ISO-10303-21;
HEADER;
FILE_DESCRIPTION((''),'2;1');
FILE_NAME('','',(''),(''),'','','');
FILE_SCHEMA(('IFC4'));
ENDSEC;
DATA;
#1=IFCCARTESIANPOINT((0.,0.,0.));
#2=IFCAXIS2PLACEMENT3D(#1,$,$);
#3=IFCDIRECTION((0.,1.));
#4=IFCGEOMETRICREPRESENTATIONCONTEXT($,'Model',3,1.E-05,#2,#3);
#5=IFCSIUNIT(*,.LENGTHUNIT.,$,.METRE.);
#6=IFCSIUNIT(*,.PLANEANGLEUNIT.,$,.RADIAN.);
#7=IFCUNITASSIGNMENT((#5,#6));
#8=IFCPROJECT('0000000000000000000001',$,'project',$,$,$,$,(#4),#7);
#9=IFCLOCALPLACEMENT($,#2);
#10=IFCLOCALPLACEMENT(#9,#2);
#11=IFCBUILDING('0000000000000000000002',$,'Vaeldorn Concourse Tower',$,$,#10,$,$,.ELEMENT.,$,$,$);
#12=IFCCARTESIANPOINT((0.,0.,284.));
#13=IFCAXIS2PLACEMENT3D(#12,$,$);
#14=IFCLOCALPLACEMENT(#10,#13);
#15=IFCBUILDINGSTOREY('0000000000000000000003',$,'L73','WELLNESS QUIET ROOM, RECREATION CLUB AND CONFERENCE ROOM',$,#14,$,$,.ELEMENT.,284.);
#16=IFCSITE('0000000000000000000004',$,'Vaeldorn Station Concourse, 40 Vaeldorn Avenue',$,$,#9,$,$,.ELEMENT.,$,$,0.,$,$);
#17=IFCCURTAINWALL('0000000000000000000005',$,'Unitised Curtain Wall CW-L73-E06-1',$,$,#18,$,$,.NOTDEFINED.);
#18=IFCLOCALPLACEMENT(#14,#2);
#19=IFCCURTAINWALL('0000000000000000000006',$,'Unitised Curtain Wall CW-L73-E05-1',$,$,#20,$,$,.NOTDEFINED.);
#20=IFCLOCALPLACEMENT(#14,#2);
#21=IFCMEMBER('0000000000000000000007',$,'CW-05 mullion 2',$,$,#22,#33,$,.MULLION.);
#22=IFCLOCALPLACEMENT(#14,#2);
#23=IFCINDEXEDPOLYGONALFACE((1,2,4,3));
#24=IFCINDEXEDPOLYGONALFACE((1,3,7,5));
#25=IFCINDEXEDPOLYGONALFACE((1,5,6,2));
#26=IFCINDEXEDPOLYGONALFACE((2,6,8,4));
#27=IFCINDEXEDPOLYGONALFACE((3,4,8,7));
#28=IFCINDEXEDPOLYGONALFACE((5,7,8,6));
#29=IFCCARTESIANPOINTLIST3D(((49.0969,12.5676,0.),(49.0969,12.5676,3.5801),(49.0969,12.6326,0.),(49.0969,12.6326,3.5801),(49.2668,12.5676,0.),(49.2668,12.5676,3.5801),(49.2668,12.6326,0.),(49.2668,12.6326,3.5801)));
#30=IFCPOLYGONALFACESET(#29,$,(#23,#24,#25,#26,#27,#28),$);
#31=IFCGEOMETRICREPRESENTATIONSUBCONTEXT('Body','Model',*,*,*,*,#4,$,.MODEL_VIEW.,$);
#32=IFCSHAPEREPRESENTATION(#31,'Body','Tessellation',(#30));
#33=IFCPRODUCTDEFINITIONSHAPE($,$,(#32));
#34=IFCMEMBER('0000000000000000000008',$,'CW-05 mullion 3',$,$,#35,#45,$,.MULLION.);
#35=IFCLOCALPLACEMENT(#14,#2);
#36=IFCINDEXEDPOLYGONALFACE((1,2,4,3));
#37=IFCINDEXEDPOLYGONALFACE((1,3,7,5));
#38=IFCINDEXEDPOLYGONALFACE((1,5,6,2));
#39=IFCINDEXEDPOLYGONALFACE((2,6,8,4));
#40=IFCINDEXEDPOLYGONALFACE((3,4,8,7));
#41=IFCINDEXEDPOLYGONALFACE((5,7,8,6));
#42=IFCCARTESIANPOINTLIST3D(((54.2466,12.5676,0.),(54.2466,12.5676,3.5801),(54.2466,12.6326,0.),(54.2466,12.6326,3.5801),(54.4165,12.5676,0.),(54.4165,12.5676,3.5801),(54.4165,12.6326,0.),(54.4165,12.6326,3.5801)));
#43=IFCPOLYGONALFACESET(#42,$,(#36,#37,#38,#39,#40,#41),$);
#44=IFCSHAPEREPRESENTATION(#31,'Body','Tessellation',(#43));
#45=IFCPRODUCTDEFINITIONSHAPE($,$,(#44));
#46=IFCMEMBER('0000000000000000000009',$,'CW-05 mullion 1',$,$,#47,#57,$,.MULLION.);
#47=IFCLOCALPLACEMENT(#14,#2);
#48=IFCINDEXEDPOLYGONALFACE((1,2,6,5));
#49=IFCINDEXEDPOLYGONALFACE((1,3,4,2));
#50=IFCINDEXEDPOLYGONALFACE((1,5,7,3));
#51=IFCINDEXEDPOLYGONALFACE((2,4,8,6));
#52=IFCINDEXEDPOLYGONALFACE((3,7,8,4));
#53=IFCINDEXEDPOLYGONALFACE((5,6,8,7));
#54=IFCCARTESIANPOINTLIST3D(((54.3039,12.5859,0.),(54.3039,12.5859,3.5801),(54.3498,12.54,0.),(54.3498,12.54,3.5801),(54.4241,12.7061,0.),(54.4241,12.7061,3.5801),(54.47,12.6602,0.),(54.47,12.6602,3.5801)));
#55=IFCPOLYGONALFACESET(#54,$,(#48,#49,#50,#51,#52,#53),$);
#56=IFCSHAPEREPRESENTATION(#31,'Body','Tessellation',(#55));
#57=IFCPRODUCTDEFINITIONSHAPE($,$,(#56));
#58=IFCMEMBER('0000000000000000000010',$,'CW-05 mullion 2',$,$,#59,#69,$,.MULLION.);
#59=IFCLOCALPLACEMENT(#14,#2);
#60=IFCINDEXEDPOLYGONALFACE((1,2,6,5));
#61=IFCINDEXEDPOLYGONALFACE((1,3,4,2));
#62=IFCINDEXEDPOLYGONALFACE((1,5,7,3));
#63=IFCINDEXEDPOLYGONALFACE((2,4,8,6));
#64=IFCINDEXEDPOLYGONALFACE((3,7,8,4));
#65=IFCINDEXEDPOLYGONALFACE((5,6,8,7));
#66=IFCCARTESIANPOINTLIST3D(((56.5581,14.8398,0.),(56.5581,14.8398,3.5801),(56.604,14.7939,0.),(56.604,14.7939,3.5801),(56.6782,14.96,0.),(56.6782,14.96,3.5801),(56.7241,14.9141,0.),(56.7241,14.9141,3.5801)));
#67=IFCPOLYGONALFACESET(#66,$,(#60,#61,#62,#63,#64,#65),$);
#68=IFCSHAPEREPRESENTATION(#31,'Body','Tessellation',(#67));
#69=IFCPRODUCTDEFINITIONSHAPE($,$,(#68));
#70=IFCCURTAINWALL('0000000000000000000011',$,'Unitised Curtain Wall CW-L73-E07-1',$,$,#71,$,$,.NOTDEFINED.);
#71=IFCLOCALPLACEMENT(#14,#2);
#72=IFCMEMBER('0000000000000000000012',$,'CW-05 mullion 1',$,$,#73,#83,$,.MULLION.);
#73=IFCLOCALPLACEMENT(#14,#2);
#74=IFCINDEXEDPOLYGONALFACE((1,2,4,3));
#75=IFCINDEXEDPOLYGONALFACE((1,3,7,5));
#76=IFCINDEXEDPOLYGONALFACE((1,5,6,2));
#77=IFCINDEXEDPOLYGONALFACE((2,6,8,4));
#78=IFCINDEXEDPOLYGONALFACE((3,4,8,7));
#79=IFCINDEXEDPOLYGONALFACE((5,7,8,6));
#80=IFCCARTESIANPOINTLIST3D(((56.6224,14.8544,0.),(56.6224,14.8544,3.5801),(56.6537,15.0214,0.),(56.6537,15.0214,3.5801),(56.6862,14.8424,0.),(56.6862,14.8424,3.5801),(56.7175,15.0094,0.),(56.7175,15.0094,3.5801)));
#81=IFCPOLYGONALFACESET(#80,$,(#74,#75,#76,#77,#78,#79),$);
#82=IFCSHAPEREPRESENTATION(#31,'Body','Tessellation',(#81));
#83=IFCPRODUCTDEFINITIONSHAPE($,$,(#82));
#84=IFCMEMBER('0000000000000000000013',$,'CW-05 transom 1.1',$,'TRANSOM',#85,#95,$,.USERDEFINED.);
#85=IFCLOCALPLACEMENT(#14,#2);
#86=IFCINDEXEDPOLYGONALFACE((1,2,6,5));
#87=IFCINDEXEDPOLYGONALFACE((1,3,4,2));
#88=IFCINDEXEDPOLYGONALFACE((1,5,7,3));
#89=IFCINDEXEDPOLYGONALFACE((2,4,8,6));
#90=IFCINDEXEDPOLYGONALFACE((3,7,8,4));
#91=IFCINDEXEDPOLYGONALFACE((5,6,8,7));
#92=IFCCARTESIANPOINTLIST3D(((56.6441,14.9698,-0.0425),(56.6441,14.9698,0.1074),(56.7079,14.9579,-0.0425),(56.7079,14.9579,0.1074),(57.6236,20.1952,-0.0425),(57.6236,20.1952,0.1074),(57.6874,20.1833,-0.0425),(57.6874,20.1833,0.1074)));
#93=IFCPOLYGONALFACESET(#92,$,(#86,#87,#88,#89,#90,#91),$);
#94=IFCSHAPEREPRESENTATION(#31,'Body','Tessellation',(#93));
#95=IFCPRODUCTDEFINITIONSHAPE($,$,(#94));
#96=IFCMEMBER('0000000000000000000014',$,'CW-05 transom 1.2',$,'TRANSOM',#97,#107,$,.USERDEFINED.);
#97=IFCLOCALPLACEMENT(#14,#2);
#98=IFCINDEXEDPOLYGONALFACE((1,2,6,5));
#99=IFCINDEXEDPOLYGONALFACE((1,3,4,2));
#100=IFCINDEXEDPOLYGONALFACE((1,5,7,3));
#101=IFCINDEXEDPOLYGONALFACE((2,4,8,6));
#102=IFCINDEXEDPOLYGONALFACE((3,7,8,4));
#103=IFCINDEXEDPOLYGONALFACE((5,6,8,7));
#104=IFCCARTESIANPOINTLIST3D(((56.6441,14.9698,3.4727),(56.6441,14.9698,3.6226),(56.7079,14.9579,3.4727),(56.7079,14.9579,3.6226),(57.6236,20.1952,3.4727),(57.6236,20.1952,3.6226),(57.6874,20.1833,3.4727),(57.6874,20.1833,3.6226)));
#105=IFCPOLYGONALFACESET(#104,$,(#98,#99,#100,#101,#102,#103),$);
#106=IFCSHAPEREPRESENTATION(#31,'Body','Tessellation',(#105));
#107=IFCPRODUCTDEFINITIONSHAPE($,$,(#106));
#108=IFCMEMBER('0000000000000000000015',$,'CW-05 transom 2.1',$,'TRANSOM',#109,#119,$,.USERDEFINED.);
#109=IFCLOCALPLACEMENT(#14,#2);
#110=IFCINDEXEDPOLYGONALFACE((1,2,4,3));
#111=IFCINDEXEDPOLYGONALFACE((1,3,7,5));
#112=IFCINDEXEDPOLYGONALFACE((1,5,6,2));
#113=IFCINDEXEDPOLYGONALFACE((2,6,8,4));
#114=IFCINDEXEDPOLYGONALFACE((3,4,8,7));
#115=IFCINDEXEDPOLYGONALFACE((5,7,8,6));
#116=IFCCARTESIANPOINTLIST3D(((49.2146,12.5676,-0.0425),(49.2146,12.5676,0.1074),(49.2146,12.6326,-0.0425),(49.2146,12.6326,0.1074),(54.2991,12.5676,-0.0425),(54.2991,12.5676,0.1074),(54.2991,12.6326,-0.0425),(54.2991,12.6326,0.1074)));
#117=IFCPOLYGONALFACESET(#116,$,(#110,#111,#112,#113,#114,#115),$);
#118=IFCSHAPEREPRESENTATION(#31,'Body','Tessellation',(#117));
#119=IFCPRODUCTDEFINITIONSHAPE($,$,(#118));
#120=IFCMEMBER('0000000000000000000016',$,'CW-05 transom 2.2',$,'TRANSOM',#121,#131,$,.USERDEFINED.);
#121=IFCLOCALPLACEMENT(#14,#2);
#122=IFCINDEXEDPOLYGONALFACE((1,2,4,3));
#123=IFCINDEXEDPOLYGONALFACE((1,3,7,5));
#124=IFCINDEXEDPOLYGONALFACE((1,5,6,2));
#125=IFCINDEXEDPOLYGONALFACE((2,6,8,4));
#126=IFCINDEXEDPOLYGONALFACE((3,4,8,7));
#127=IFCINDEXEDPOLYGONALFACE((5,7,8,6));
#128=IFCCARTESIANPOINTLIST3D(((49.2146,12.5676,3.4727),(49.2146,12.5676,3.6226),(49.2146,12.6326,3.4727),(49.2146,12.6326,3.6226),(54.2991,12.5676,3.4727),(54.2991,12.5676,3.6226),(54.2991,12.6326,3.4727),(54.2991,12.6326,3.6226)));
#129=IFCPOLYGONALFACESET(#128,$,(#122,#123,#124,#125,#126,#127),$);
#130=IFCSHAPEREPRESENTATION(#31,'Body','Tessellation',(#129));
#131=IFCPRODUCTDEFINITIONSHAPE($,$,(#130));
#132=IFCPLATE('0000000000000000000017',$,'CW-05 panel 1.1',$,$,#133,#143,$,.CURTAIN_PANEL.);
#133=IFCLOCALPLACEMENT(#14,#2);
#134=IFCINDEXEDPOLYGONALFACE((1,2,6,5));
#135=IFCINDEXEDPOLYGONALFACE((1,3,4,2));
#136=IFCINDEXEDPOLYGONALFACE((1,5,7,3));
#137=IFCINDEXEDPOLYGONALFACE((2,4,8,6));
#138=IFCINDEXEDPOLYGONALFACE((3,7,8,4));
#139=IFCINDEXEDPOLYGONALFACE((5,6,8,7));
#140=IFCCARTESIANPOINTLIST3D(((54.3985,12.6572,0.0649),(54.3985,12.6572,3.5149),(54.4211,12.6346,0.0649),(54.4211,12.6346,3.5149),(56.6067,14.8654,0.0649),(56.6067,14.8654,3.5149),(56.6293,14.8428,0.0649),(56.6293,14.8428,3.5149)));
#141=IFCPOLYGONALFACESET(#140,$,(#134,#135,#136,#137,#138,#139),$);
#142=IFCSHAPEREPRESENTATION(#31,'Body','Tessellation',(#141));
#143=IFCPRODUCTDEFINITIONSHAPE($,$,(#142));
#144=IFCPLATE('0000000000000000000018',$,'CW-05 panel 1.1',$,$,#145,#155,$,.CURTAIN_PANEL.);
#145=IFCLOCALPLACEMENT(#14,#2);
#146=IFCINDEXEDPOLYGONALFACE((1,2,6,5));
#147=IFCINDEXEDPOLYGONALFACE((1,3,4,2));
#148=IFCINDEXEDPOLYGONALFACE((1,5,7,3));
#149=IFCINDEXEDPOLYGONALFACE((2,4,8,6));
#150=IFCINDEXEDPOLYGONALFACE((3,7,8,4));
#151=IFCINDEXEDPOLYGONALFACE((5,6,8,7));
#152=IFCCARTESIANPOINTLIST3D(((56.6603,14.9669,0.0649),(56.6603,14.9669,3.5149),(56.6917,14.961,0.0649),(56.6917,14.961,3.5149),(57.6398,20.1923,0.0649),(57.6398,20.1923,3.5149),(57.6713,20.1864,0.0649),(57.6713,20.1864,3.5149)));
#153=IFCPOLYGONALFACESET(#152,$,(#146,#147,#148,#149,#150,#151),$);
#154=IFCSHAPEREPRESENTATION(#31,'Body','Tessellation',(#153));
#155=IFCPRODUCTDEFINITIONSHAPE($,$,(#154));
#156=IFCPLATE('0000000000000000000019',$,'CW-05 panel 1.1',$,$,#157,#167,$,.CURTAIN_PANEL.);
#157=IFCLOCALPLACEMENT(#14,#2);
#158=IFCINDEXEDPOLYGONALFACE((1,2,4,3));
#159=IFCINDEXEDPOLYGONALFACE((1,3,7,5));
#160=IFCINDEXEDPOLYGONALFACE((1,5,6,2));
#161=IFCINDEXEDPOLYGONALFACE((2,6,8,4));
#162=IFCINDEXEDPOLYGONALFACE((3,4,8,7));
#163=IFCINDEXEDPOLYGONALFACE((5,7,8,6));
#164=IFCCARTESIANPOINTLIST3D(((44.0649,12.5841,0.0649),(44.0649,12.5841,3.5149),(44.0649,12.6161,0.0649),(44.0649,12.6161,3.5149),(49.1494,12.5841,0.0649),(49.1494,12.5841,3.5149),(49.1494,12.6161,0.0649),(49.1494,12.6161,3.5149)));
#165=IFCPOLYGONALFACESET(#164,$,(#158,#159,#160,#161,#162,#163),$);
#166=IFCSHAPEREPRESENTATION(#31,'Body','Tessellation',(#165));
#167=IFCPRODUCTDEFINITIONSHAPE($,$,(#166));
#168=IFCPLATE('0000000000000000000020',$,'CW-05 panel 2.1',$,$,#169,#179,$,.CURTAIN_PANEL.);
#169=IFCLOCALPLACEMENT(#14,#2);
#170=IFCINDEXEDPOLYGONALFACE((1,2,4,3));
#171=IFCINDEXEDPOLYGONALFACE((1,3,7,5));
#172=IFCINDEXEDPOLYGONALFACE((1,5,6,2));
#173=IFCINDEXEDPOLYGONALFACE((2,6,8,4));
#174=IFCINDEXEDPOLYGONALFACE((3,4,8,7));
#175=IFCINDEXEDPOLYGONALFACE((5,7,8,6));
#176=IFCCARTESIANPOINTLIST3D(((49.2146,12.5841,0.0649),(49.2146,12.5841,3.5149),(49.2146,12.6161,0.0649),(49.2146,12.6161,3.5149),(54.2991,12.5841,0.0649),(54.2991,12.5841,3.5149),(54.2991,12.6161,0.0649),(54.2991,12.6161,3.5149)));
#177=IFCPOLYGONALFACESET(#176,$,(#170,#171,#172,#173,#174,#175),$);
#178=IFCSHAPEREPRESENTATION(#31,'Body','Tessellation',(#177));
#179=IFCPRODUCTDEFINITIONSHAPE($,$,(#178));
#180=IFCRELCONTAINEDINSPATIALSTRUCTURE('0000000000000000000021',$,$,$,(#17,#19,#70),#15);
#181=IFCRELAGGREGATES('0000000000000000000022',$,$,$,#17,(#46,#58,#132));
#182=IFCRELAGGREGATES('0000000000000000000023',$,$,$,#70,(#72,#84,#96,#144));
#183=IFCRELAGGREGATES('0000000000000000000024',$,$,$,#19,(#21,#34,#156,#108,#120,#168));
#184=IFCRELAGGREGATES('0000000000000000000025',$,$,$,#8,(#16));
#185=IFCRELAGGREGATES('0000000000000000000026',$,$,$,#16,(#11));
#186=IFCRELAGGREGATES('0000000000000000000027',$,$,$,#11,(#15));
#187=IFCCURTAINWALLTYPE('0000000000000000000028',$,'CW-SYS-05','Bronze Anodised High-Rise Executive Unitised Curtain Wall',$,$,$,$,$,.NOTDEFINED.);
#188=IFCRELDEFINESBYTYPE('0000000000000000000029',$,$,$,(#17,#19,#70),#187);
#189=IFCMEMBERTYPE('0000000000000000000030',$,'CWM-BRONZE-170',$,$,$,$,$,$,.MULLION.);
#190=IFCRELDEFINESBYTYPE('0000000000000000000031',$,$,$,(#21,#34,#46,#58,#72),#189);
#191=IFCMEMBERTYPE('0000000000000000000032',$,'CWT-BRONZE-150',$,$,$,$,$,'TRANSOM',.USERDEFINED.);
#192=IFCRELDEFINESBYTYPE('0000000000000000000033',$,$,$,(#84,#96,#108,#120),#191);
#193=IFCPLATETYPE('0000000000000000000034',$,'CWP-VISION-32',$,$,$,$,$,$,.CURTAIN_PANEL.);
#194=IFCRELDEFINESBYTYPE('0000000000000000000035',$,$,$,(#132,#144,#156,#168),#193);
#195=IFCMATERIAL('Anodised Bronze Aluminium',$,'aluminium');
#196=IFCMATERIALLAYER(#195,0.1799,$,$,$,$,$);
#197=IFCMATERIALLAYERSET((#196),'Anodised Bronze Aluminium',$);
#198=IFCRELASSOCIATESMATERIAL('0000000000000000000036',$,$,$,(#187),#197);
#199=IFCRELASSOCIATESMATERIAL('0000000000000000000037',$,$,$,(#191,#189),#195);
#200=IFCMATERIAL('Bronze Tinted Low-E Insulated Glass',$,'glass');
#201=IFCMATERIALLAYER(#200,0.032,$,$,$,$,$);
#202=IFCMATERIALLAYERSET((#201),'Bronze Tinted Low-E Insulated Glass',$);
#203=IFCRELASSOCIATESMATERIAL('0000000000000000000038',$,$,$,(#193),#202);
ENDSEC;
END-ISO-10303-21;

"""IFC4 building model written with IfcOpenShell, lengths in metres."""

from ifc_helpers import new_model, si_unit, direction, frame, origin, origin_2d, place, context, subcontext, project, spatial, rectangle, extrude, source, transform, mapped, material, layer, layer_set, material_profile, profile_set, type_object, element, aggregate, save


model = new_model("IFC4")

# Units and contexts
model_context = context("Model", 3, precision=1e-05, world=origin(), true_north=direction((0.0, 1.0)))
body_context = subcontext(model_context, "Body", "Model", "MODEL_VIEW")
ifc_project = project(units=[si_unit("LENGTHUNIT", "METRE"), si_unit("PLANEANGLEUNIT", "RADIAN")], contexts=[model_context])

# Site, building, storey
site_placement = place(None, origin())
site = spatial("IfcSite", under=ifc_project, at=site_placement, Name="Vaeldorn Station Concourse, 40 Vaeldorn Avenue", CompositionType="ELEMENT", RefElevation=0.0)
building_placement = place(site_placement, origin())
building = spatial("IfcBuilding", under=site, at=building_placement, Name="Vaeldorn Concourse Tower", CompositionType="ELEMENT")
storey_placement = place(building_placement, frame((0.0, 0.0, 284.0)))
storey = spatial("IfcBuildingStorey", under=building, at=storey_placement, Name="L73", Description="WELLNESS QUIET ROOM, RECREATION CLUB AND CONFERENCE ROOM", CompositionType="ELEMENT", Elevation=284.0)

# Curtain walls, members
ifc_material_1 = material(Name="Anodised Bronze Aluminium", Category="aluminium")
ifc_layer_1 = layer(ifc_material_1, 0.1799)
ifc_layer_set_1 = layer_set([ifc_layer_1], Name="Anodised Bronze Aluminium")
curtain_wall_type = type_object("IfcCurtainWallType", Name="CW-SYS-05", Description="Bronze Anodised High-Rise Executive Unitised Curtain Wall", PredefinedType="NOTDEFINED", material=ifc_layer_set_1)
curtain_wall_1_placement = place(storey_placement, origin())
curtain_wall_1 = element("IfcCurtainWall", 1, at=curtain_wall_1_placement, inside=storey, type_object=curtain_wall_type, Name="Unitised Curtain Wall CW-L73-E06-1", PredefinedType="NOTDEFINED")
ifc_material_profile_1 = material_profile(ifc_material_1, rectangle(XDim=0.0649, YDim=0.1499, at=origin_2d()), Name="CWT 65x150")
ifc_profile_set_1 = profile_set([ifc_material_profile_1], Name="Anodised Bronze Aluminium")
member_type_1 = type_object("IfcMemberType", Name="CWT-BRONZE-150", ElementType="TRANSOM", PredefinedType="USERDEFINED", material=ifc_profile_set_1)
curtain_wall_2_placement = place(storey_placement, origin())
curtain_wall_2 = element("IfcCurtainWall", 2, at=curtain_wall_2_placement, inside=storey, type_object=curtain_wall_type, Name="Unitised Curtain Wall CW-L73-E05-1", PredefinedType="NOTDEFINED")
ifc_material_profile_2 = material_profile(ifc_material_1, rectangle(XDim=0.0649, YDim=0.1699, at=origin_2d()), Name="CWM 65x170")
ifc_profile_set_2 = profile_set([ifc_material_profile_2], Name="Anodised Bronze Aluminium")
member_type_2 = type_object("IfcMemberType", Name="CWM-BRONZE-170", PredefinedType="MULLION", material=ifc_profile_set_2)
shared_shape_1 = source(origin(), body_context, "Body", "SweptSolid", [
    extrude(rectangle(XDim=0.0649, YDim=0.1699, at=origin_2d()), origin(), (0.0, 0.0, 1.0), 3.5801),
])
member_1_placement = place(storey_placement, frame((49.1819, 12.6001, 0.0), z_axis=(0.0, 0.0, 1.0), x_axis=(0.0, 1.0, 0.0)))
member_1 = element("IfcMember", 3, at=member_1_placement, type_object=member_type_2, Name="CW-05 mullion 2", PredefinedType="MULLION", context=body_context, shape_type="MappedRepresentation", body=[
    mapped(shared_shape_1, transform((0.0, 0.0, 0.0), scale=1.0)),
])
member_2_placement = place(storey_placement, frame((54.3315, 12.6001, 0.0), z_axis=(0.0, 0.0, 1.0), x_axis=(0.0, 1.0, 0.0)))
member_2 = element("IfcMember", 4, at=member_2_placement, type_object=member_type_2, Name="CW-05 mullion 3", PredefinedType="MULLION", context=body_context, shape_type="MappedRepresentation", body=[
    mapped(shared_shape_1, transform((0.0, 0.0, 0.0), scale=1.0)),
])

# Members
member_3_placement = place(storey_placement, frame((54.387, 12.623, 0.0), z_axis=(0.0, 0.0, 1.0), x_axis=(-0.707107, 0.707107, 0.0)))
member_3 = element("IfcMember", 5, at=member_3_placement, type_object=member_type_2, Name="CW-05 mullion 1", PredefinedType="MULLION", context=body_context, shape_type="MappedRepresentation", body=[
    mapped(shared_shape_1, transform((0.0, 0.0, 0.0), scale=1.0)),
])
member_4_placement = place(storey_placement, frame((56.6411, 14.877, 0.0), z_axis=(0.0, 0.0, 1.0), x_axis=(-0.707107, 0.707107, 0.0)))
member_4 = element("IfcMember", 6, at=member_4_placement, type_object=member_type_2, Name="CW-05 mullion 2", PredefinedType="MULLION", context=body_context, shape_type="MappedRepresentation", body=[
    mapped(shared_shape_1, transform((0.0, 0.0, 0.0), scale=1.0)),
])

# Curtain wall, members
curtain_wall_3_placement = place(storey_placement, origin())
curtain_wall_3 = element("IfcCurtainWall", 7, at=curtain_wall_3_placement, inside=storey, type_object=curtain_wall_type, Name="Unitised Curtain Wall CW-L73-E07-1", PredefinedType="NOTDEFINED")
member_5_placement = place(storey_placement, frame((56.6699, 14.9319, 0.0), z_axis=(0.0, 0.0, 1.0), x_axis=(-0.98288, 0.184247, 0.0)))
member_5 = element("IfcMember", 8, at=member_5_placement, type_object=member_type_2, Name="CW-05 mullion 1", PredefinedType="MULLION", context=body_context, shape_type="MappedRepresentation", body=[
    mapped(shared_shape_1, transform((0.0, 0.0, 0.0), scale=1.0)),
])
shared_shape_2 = source(origin(), body_context, "Body", "SweptSolid", [
    extrude(rectangle(XDim=0.0649, YDim=0.1499, at=origin_2d()), origin(), (0.0, 0.0, 1.0), 5.3164),
])
member_6_placement = place(storey_placement, frame((56.676, 14.9639, 0.0325), z_axis=(0.184241, 0.982881, 0.0), x_axis=(-0.982881, 0.184241, 0.0)))
member_6 = element("IfcMember", 9, at=member_6_placement, type_object=member_type_1, Name="CW-05 transom 1.1", ObjectType="TRANSOM", PredefinedType="USERDEFINED", context=body_context, shape_type="MappedRepresentation", body=[
    mapped(shared_shape_2, transform((0.0, 0.0, 0.0), scale=1.0)),
])
member_7_placement = place(storey_placement, frame((56.676, 14.9639, 3.5476), z_axis=(0.184241, 0.982881, 0.0), x_axis=(-0.982881, 0.184241, 0.0)))
member_7 = element("IfcMember", 10, at=member_7_placement, type_object=member_type_1, Name="CW-05 transom 1.2", ObjectType="TRANSOM", PredefinedType="USERDEFINED", context=body_context, shape_type="MappedRepresentation", body=[
    mapped(shared_shape_2, transform((0.0, 0.0, 0.0), scale=1.0)),
])

# Members
shared_shape_3 = source(origin(), body_context, "Body", "SweptSolid", [
    extrude(rectangle(XDim=0.0649, YDim=0.1499, at=origin_2d()), origin(), (0.0, 0.0, 1.0), 5.0845),
])
member_8_placement = place(storey_placement, frame((49.2146, 12.6001, 0.0325), z_axis=(1.0, 0.0, 0.0), x_axis=(0.0, 1.0, 0.0)))
member_8 = element("IfcMember", 11, at=member_8_placement, type_object=member_type_1, Name="CW-05 transom 2.1", ObjectType="TRANSOM", PredefinedType="USERDEFINED", context=body_context, shape_type="MappedRepresentation", body=[
    mapped(shared_shape_3, transform((0.0, 0.0, 0.0), scale=1.0)),
])
member_9_placement = place(storey_placement, frame((49.2146, 12.6001, 3.5476), z_axis=(1.0, 0.0, 0.0), x_axis=(0.0, 1.0, 0.0)))
member_9 = element("IfcMember", 12, at=member_9_placement, type_object=member_type_1, Name="CW-05 transom 2.2", ObjectType="TRANSOM", PredefinedType="USERDEFINED", context=body_context, shape_type="MappedRepresentation", body=[
    mapped(shared_shape_3, transform((0.0, 0.0, 0.0), scale=1.0)),
])

# Plates
ifc_material_2 = material(Name="Bronze Tinted Low-E Insulated Glass", Category="glass")
ifc_layer_2 = layer(ifc_material_2, 0.032)
ifc_layer_set_2 = layer_set([ifc_layer_2], Name="Bronze Tinted Low-E Insulated Glass")
plate_type = type_object("IfcPlateType", Name="CWP-VISION-32", PredefinedType="CURTAIN_PANEL", material=ifc_layer_set_2)
shared_shape_4 = source(origin(), body_context, "Body", "SweptSolid", [
    extrude(rectangle(XDim=3.1228, YDim=0.032, at=origin_2d()), origin(), (0.0, 0.0, 1.0), 3.45),
])
plate_1_placement = place(storey_placement, frame((55.5139, 13.75, 0.0649), z_axis=(0.0, 0.0, 1.0), x_axis=(0.707107, 0.707107, 0.0)))
plate_1 = element("IfcPlate", 13, at=plate_1_placement, type_object=plate_type, Name="CW-05 panel 1.1", PredefinedType="CURTAIN_PANEL", context=body_context, shape_type="MappedRepresentation", body=[
    mapped(shared_shape_4, transform((0.0, 0.0, 0.0), scale=1.0)),
])
aggregate(curtain_wall_1, [member_3, member_4, plate_1])
shared_shape_5 = source(origin(), body_context, "Body", "SweptSolid", [
    extrude(rectangle(XDim=5.3164, YDim=0.032, at=origin_2d()), origin(), (0.0, 0.0, 1.0), 3.45),
])
plate_2_placement = place(storey_placement, frame((57.1658, 17.5767, 0.0649), z_axis=(0.0, 0.0, 1.0), x_axis=(0.184247, 0.98288, 0.0)))
plate_2 = element("IfcPlate", 14, at=plate_2_placement, type_object=plate_type, Name="CW-05 panel 1.1", PredefinedType="CURTAIN_PANEL", context=body_context, shape_type="MappedRepresentation", body=[
    mapped(shared_shape_5, transform((0.0, 0.0, 0.0), scale=1.0)),
])
aggregate(curtain_wall_3, [member_5, member_6, member_7, plate_2])
shared_shape_6 = source(origin(), body_context, "Body", "SweptSolid", [
    extrude(rectangle(XDim=5.0845, YDim=0.032, at=origin_2d()), origin(), (0.0, 0.0, 1.0), 3.45),
])
plate_3_placement = place(storey_placement, frame((46.6072, 12.6001, 0.0649), z_axis=(0.0, 0.0, 1.0), x_axis=(1.0, 0.0, 0.0)))
plate_3 = element("IfcPlate", 15, at=plate_3_placement, type_object=plate_type, Name="CW-05 panel 1.1", PredefinedType="CURTAIN_PANEL", context=body_context, shape_type="MappedRepresentation", body=[
    mapped(shared_shape_6, transform((0.0, 0.0, 0.0), scale=1.0)),
])
plate_4_placement = place(storey_placement, frame((51.7568, 12.6001, 0.0649), z_axis=(0.0, 0.0, 1.0), x_axis=(1.0, 0.0, 0.0)))
plate_4 = element("IfcPlate", 16, at=plate_4_placement, type_object=plate_type, Name="CW-05 panel 2.1", PredefinedType="CURTAIN_PANEL", context=body_context, shape_type="MappedRepresentation", body=[
    mapped(shared_shape_6, transform((0.0, 0.0, 0.0), scale=1.0)),
])
aggregate(curtain_wall_2, [member_1, member_2, plate_3, member_8, member_9, plate_4])

save(model, "model.ifc")
